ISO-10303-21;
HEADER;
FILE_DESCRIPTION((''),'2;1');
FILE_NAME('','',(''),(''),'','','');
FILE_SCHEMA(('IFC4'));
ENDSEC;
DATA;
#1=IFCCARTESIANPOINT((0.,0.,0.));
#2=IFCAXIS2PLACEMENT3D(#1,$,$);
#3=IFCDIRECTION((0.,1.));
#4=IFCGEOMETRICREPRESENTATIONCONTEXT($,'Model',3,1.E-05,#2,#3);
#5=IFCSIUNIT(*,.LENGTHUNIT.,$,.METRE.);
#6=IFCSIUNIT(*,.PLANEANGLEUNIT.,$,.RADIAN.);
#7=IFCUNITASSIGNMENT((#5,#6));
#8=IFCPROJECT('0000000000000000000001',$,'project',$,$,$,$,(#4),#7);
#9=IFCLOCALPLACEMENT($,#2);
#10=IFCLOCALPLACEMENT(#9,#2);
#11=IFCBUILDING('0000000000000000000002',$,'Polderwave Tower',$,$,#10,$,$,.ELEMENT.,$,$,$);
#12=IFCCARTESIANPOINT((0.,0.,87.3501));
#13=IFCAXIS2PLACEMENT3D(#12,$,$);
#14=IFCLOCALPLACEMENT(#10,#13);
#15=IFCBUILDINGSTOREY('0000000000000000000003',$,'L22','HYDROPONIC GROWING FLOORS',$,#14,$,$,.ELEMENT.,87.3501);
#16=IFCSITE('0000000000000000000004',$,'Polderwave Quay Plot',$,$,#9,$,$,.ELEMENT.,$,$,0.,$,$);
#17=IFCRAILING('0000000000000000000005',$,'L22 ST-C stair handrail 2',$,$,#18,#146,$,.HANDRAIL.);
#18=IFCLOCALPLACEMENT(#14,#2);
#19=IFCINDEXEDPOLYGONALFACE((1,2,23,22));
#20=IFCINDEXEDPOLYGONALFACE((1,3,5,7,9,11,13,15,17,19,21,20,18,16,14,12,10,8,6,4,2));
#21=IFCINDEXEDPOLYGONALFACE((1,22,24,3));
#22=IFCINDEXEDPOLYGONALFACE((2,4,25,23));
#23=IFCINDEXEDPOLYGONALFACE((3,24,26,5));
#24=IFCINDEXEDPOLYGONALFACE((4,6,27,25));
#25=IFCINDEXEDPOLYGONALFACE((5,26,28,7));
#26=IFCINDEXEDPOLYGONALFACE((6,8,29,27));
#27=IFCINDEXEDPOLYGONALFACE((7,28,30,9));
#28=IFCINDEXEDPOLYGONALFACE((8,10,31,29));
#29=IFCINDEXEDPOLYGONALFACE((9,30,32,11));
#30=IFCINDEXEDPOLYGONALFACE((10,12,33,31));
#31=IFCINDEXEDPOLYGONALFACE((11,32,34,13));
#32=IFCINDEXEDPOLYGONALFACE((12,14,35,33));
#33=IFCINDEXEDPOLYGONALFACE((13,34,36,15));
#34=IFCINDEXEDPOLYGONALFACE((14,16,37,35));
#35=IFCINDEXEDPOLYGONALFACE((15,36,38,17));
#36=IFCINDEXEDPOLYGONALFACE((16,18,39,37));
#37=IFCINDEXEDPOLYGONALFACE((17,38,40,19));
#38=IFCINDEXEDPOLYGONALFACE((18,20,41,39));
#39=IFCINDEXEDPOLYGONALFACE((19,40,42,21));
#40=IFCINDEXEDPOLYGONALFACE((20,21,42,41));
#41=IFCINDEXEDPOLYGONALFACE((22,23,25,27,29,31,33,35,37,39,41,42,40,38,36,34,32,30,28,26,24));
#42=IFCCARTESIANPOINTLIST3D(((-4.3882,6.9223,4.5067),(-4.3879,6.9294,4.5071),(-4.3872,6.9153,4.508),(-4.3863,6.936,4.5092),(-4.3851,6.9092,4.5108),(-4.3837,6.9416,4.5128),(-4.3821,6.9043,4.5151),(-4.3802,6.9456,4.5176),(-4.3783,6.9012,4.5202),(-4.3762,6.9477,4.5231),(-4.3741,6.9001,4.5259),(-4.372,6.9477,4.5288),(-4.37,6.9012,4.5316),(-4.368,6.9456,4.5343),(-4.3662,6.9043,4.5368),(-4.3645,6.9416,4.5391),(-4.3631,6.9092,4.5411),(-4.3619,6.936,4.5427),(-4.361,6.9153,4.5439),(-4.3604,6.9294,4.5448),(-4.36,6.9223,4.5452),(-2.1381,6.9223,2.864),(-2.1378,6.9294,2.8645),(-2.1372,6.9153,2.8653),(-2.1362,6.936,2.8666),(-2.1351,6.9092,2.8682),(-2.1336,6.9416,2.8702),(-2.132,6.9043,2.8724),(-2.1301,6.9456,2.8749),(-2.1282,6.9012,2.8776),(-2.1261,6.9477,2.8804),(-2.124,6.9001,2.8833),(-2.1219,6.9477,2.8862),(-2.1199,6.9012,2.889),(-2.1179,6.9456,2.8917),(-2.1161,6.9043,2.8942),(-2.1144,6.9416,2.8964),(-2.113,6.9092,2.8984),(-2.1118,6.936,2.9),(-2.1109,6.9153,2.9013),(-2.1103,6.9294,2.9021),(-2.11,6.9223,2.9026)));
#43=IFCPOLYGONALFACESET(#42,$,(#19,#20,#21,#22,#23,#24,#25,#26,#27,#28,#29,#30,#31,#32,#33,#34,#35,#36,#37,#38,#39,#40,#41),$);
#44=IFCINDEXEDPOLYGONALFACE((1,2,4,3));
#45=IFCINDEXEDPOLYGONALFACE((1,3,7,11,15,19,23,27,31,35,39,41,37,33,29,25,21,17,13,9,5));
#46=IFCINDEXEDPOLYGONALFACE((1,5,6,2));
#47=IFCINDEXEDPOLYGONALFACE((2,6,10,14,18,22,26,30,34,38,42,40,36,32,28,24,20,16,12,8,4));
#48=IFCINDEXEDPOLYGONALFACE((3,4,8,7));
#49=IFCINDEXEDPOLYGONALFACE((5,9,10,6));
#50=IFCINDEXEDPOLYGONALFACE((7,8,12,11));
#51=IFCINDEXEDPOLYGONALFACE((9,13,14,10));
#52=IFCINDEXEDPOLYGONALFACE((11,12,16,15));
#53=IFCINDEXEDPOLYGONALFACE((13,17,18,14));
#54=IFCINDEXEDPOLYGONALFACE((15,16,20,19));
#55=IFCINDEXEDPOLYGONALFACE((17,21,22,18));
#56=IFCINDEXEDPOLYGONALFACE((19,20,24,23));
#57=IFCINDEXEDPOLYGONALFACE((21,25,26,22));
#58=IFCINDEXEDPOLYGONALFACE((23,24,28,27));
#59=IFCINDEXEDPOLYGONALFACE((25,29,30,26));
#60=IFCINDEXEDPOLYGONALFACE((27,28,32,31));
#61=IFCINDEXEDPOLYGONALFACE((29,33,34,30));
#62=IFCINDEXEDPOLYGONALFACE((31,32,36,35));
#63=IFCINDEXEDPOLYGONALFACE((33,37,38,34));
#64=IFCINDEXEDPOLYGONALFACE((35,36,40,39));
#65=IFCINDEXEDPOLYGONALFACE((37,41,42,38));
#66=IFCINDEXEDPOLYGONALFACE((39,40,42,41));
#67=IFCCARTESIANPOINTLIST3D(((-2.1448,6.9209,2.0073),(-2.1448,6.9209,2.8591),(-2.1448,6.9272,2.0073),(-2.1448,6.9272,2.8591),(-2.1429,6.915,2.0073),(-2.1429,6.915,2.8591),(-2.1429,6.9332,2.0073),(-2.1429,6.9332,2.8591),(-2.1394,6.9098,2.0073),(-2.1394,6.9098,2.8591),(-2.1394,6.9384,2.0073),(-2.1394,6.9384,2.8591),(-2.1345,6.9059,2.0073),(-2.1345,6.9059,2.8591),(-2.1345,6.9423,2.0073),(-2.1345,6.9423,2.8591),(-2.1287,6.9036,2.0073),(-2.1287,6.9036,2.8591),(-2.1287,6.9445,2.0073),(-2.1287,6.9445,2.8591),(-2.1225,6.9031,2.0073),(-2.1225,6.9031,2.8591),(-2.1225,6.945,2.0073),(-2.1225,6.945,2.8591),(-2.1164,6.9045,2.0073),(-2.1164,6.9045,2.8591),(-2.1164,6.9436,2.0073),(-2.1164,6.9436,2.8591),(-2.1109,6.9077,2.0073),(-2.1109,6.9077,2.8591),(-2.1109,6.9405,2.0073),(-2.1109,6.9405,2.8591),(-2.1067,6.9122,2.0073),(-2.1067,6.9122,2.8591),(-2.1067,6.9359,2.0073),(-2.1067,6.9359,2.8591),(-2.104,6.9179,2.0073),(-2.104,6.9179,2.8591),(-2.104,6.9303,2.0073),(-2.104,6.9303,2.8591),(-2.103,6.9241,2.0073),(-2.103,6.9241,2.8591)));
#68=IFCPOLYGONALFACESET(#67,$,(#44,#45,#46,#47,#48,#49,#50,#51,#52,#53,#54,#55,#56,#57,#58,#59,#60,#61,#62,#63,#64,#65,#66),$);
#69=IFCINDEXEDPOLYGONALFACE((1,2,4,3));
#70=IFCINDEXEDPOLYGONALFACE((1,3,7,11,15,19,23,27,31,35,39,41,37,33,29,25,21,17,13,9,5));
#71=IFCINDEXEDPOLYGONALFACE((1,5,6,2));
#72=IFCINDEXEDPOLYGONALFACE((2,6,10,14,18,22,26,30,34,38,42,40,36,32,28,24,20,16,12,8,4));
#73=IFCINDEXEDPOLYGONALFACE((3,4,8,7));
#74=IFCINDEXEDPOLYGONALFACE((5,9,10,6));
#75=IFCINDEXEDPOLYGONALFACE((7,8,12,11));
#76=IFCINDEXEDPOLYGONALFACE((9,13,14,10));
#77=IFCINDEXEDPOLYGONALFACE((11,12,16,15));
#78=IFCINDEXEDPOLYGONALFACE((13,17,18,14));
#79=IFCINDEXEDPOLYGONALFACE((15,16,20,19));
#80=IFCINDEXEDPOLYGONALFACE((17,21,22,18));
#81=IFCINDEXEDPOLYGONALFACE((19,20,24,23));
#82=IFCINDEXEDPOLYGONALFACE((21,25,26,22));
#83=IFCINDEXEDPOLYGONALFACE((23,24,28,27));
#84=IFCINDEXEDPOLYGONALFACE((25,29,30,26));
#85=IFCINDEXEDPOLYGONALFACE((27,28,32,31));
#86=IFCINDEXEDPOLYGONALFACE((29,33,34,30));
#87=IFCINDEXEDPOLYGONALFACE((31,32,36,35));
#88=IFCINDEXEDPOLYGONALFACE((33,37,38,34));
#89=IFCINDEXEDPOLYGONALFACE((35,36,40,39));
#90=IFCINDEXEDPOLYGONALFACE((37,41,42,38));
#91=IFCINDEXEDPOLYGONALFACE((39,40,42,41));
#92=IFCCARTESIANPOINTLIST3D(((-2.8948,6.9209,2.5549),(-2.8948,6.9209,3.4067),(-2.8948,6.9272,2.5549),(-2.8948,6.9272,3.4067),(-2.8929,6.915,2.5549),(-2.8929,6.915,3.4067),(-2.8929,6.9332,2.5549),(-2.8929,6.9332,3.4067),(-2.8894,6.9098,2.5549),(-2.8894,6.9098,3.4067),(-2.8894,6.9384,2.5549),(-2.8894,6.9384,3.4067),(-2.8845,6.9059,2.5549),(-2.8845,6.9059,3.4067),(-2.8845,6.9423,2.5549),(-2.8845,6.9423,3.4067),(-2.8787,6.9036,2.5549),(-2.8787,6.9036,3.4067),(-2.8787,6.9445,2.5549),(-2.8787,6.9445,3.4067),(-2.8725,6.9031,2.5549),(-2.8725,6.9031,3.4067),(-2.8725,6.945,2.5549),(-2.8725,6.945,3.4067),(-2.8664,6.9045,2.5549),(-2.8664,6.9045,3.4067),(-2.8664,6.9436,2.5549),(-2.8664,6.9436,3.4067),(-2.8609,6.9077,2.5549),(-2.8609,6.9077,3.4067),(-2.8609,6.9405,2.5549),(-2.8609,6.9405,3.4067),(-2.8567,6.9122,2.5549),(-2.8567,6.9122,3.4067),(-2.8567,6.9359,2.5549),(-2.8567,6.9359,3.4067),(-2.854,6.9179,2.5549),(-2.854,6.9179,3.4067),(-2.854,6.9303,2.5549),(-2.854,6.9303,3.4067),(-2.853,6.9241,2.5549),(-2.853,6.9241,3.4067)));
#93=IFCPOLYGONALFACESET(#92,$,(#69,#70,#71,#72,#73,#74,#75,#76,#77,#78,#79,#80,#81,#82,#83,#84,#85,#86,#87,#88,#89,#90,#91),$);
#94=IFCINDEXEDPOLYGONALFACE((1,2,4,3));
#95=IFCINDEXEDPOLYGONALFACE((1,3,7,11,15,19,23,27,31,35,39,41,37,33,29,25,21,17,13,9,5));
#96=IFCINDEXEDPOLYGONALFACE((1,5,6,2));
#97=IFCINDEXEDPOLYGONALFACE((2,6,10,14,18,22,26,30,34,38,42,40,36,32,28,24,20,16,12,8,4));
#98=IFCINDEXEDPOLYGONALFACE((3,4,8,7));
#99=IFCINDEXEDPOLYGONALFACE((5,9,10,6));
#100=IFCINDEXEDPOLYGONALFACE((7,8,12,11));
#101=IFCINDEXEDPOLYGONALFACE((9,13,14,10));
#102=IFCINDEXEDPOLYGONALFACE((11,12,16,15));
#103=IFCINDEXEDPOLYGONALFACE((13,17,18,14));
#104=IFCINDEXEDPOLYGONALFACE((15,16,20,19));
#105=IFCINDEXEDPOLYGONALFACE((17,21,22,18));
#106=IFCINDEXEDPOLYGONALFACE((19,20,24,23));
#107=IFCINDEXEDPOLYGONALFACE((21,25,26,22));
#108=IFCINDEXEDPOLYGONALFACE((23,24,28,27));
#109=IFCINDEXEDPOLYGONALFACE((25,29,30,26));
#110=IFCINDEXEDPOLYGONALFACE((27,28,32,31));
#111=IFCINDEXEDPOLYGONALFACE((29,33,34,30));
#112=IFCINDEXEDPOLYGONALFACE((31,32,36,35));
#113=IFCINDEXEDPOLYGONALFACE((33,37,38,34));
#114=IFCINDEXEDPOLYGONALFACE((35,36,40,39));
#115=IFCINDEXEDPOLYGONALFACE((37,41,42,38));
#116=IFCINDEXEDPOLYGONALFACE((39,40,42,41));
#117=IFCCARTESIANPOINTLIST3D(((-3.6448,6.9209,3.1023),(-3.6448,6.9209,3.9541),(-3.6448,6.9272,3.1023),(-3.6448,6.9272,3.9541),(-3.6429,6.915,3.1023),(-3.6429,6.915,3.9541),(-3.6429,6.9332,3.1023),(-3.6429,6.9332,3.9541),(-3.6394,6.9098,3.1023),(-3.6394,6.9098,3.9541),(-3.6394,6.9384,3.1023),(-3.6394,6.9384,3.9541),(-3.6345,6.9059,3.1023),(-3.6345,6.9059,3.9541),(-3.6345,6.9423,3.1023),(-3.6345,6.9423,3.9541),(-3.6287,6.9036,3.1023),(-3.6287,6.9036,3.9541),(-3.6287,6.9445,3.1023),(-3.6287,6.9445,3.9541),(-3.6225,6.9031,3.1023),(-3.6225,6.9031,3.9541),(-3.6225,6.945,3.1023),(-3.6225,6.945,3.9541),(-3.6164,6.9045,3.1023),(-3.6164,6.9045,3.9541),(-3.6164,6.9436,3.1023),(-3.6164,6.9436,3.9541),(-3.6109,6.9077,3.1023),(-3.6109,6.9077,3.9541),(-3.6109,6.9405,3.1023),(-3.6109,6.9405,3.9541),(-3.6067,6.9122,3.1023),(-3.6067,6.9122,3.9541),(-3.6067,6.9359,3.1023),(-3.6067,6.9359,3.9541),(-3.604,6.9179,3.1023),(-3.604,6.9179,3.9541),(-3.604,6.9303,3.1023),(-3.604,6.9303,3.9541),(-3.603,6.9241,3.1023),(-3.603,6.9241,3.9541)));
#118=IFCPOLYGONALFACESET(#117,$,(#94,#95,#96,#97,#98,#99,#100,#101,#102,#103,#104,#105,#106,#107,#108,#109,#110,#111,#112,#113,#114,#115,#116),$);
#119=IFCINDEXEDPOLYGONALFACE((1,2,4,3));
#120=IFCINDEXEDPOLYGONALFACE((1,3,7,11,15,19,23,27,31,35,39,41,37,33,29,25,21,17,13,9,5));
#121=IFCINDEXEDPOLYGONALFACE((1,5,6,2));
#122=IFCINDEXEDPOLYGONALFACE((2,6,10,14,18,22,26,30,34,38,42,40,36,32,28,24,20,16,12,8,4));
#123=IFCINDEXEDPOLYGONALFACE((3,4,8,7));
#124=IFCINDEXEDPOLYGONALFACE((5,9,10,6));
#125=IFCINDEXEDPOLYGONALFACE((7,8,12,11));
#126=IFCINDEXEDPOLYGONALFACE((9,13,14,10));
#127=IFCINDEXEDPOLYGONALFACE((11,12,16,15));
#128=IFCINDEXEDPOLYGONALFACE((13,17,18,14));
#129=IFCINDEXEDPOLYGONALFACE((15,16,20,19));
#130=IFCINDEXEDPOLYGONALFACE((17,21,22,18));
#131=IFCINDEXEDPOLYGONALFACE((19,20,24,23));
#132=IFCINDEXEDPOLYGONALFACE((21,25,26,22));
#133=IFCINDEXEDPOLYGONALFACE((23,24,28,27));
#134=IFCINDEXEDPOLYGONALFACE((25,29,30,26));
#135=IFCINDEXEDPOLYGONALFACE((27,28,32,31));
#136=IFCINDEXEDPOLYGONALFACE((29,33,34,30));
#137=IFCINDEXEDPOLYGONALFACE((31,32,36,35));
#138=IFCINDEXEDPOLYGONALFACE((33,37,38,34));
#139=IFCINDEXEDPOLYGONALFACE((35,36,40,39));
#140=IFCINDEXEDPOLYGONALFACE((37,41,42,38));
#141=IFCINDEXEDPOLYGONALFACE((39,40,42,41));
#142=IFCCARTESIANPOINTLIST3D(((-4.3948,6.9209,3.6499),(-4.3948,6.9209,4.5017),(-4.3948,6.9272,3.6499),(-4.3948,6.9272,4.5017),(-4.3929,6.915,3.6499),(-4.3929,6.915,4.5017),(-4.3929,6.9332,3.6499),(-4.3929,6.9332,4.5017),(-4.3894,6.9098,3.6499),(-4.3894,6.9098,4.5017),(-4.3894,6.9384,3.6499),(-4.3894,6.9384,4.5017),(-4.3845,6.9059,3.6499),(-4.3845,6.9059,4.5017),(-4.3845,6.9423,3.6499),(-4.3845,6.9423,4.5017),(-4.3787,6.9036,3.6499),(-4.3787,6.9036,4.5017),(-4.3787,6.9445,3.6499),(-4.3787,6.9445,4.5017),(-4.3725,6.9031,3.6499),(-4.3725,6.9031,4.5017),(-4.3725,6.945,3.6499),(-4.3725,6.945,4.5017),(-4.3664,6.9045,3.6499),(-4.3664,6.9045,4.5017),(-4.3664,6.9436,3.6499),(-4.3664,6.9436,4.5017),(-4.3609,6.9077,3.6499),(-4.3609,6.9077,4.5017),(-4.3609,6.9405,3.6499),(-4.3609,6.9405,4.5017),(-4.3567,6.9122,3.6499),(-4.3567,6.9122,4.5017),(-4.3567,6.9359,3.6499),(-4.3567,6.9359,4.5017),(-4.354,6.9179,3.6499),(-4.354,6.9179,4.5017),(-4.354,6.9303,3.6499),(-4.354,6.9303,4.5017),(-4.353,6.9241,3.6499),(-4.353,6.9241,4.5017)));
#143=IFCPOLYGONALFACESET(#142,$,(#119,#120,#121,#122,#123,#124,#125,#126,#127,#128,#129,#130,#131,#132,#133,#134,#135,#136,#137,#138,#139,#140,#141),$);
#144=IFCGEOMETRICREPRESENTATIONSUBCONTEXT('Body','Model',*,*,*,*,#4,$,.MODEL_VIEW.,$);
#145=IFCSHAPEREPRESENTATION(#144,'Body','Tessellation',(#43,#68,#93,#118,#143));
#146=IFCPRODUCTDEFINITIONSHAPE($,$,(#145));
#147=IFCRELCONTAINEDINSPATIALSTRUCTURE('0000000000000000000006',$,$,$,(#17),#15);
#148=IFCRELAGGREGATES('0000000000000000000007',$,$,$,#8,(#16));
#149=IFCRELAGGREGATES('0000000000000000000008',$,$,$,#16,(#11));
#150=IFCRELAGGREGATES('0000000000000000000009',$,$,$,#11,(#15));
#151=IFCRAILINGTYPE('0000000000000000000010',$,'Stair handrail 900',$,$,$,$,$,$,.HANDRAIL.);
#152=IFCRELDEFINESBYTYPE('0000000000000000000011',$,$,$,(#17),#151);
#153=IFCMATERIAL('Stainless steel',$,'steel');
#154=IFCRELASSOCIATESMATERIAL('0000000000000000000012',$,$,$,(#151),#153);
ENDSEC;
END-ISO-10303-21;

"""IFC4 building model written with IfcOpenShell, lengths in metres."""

from ifc_helpers import new_model, si_unit, direction, frame, origin, origin_2d, place, context, subcontext, project, spatial, circle, extrude, material, type_object, element, save


model = new_model("IFC4")

# Units and contexts
model_context = context("Model", 3, precision=1e-05, world=origin(), true_north=direction((0.0, 1.0)))
body_context = subcontext(model_context, "Body", "Model", "MODEL_VIEW")
ifc_project = project(units=[si_unit("LENGTHUNIT", "METRE"), si_unit("PLANEANGLEUNIT", "RADIAN")], contexts=[model_context])

# Site, building, storey
site_placement = place(None, origin())
site = spatial("IfcSite", under=ifc_project, at=site_placement, Name="Polderwave Quay Plot", CompositionType="ELEMENT", RefElevation=0.0)
building_placement = place(site_placement, origin())
building = spatial("IfcBuilding", under=site, at=building_placement, Name="Polderwave Tower", CompositionType="ELEMENT")
storey_placement = place(building_placement, frame((0.0, 0.0, 87.3501)))
storey = spatial("IfcBuildingStorey", under=building, at=storey_placement, Name="L22", Description="HYDROPONIC GROWING FLOORS", CompositionType="ELEMENT", Elevation=87.3501)

# Railing
ifc_material_1 = material(Name="Stainless steel", Category="steel")
railing_type = type_object("IfcRailingType", Name="Stair handrail 900", PredefinedType="HANDRAIL", material=ifc_material_1)
railing_placement = place(storey_placement, frame((-2.124, 6.9241, 2.0073)))
element("IfcRailing", 1, at=railing_placement, inside=storey, type_object=railing_type, Name="L22 ST-C stair handrail 2", PredefinedType="HANDRAIL", context=body_context, shape_type="SweptSolid", body=[
    extrude(circle(Radius=0.0239, at=origin_2d()), frame((0.0, 0.0, 0.876), z_axis=(-0.807674, 0.0, 0.58963), x_axis=(0.0, -1.0, 0.0)), (0.0, 0.0, 1.0), 2.7859),
    extrude(circle(Radius=0.021, at=origin_2d()), origin(), (0.0, 0.0, 1.0), 0.8518),
    extrude(circle(Radius=0.021, at=origin_2d()), frame((-0.75, 0.0, 0.5476)), (0.0, 0.0, 1.0), 0.8518),
    extrude(circle(Radius=0.021, at=origin_2d()), frame((-1.5, 0.0, 1.095)), (0.0, 0.0, 1.0), 0.8518),
    extrude(circle(Radius=0.021, at=origin_2d()), frame((-2.25, 0.0, 1.6426)), (0.0, 0.0, 1.0), 0.8518),
])

save(model, "model.ifc")
